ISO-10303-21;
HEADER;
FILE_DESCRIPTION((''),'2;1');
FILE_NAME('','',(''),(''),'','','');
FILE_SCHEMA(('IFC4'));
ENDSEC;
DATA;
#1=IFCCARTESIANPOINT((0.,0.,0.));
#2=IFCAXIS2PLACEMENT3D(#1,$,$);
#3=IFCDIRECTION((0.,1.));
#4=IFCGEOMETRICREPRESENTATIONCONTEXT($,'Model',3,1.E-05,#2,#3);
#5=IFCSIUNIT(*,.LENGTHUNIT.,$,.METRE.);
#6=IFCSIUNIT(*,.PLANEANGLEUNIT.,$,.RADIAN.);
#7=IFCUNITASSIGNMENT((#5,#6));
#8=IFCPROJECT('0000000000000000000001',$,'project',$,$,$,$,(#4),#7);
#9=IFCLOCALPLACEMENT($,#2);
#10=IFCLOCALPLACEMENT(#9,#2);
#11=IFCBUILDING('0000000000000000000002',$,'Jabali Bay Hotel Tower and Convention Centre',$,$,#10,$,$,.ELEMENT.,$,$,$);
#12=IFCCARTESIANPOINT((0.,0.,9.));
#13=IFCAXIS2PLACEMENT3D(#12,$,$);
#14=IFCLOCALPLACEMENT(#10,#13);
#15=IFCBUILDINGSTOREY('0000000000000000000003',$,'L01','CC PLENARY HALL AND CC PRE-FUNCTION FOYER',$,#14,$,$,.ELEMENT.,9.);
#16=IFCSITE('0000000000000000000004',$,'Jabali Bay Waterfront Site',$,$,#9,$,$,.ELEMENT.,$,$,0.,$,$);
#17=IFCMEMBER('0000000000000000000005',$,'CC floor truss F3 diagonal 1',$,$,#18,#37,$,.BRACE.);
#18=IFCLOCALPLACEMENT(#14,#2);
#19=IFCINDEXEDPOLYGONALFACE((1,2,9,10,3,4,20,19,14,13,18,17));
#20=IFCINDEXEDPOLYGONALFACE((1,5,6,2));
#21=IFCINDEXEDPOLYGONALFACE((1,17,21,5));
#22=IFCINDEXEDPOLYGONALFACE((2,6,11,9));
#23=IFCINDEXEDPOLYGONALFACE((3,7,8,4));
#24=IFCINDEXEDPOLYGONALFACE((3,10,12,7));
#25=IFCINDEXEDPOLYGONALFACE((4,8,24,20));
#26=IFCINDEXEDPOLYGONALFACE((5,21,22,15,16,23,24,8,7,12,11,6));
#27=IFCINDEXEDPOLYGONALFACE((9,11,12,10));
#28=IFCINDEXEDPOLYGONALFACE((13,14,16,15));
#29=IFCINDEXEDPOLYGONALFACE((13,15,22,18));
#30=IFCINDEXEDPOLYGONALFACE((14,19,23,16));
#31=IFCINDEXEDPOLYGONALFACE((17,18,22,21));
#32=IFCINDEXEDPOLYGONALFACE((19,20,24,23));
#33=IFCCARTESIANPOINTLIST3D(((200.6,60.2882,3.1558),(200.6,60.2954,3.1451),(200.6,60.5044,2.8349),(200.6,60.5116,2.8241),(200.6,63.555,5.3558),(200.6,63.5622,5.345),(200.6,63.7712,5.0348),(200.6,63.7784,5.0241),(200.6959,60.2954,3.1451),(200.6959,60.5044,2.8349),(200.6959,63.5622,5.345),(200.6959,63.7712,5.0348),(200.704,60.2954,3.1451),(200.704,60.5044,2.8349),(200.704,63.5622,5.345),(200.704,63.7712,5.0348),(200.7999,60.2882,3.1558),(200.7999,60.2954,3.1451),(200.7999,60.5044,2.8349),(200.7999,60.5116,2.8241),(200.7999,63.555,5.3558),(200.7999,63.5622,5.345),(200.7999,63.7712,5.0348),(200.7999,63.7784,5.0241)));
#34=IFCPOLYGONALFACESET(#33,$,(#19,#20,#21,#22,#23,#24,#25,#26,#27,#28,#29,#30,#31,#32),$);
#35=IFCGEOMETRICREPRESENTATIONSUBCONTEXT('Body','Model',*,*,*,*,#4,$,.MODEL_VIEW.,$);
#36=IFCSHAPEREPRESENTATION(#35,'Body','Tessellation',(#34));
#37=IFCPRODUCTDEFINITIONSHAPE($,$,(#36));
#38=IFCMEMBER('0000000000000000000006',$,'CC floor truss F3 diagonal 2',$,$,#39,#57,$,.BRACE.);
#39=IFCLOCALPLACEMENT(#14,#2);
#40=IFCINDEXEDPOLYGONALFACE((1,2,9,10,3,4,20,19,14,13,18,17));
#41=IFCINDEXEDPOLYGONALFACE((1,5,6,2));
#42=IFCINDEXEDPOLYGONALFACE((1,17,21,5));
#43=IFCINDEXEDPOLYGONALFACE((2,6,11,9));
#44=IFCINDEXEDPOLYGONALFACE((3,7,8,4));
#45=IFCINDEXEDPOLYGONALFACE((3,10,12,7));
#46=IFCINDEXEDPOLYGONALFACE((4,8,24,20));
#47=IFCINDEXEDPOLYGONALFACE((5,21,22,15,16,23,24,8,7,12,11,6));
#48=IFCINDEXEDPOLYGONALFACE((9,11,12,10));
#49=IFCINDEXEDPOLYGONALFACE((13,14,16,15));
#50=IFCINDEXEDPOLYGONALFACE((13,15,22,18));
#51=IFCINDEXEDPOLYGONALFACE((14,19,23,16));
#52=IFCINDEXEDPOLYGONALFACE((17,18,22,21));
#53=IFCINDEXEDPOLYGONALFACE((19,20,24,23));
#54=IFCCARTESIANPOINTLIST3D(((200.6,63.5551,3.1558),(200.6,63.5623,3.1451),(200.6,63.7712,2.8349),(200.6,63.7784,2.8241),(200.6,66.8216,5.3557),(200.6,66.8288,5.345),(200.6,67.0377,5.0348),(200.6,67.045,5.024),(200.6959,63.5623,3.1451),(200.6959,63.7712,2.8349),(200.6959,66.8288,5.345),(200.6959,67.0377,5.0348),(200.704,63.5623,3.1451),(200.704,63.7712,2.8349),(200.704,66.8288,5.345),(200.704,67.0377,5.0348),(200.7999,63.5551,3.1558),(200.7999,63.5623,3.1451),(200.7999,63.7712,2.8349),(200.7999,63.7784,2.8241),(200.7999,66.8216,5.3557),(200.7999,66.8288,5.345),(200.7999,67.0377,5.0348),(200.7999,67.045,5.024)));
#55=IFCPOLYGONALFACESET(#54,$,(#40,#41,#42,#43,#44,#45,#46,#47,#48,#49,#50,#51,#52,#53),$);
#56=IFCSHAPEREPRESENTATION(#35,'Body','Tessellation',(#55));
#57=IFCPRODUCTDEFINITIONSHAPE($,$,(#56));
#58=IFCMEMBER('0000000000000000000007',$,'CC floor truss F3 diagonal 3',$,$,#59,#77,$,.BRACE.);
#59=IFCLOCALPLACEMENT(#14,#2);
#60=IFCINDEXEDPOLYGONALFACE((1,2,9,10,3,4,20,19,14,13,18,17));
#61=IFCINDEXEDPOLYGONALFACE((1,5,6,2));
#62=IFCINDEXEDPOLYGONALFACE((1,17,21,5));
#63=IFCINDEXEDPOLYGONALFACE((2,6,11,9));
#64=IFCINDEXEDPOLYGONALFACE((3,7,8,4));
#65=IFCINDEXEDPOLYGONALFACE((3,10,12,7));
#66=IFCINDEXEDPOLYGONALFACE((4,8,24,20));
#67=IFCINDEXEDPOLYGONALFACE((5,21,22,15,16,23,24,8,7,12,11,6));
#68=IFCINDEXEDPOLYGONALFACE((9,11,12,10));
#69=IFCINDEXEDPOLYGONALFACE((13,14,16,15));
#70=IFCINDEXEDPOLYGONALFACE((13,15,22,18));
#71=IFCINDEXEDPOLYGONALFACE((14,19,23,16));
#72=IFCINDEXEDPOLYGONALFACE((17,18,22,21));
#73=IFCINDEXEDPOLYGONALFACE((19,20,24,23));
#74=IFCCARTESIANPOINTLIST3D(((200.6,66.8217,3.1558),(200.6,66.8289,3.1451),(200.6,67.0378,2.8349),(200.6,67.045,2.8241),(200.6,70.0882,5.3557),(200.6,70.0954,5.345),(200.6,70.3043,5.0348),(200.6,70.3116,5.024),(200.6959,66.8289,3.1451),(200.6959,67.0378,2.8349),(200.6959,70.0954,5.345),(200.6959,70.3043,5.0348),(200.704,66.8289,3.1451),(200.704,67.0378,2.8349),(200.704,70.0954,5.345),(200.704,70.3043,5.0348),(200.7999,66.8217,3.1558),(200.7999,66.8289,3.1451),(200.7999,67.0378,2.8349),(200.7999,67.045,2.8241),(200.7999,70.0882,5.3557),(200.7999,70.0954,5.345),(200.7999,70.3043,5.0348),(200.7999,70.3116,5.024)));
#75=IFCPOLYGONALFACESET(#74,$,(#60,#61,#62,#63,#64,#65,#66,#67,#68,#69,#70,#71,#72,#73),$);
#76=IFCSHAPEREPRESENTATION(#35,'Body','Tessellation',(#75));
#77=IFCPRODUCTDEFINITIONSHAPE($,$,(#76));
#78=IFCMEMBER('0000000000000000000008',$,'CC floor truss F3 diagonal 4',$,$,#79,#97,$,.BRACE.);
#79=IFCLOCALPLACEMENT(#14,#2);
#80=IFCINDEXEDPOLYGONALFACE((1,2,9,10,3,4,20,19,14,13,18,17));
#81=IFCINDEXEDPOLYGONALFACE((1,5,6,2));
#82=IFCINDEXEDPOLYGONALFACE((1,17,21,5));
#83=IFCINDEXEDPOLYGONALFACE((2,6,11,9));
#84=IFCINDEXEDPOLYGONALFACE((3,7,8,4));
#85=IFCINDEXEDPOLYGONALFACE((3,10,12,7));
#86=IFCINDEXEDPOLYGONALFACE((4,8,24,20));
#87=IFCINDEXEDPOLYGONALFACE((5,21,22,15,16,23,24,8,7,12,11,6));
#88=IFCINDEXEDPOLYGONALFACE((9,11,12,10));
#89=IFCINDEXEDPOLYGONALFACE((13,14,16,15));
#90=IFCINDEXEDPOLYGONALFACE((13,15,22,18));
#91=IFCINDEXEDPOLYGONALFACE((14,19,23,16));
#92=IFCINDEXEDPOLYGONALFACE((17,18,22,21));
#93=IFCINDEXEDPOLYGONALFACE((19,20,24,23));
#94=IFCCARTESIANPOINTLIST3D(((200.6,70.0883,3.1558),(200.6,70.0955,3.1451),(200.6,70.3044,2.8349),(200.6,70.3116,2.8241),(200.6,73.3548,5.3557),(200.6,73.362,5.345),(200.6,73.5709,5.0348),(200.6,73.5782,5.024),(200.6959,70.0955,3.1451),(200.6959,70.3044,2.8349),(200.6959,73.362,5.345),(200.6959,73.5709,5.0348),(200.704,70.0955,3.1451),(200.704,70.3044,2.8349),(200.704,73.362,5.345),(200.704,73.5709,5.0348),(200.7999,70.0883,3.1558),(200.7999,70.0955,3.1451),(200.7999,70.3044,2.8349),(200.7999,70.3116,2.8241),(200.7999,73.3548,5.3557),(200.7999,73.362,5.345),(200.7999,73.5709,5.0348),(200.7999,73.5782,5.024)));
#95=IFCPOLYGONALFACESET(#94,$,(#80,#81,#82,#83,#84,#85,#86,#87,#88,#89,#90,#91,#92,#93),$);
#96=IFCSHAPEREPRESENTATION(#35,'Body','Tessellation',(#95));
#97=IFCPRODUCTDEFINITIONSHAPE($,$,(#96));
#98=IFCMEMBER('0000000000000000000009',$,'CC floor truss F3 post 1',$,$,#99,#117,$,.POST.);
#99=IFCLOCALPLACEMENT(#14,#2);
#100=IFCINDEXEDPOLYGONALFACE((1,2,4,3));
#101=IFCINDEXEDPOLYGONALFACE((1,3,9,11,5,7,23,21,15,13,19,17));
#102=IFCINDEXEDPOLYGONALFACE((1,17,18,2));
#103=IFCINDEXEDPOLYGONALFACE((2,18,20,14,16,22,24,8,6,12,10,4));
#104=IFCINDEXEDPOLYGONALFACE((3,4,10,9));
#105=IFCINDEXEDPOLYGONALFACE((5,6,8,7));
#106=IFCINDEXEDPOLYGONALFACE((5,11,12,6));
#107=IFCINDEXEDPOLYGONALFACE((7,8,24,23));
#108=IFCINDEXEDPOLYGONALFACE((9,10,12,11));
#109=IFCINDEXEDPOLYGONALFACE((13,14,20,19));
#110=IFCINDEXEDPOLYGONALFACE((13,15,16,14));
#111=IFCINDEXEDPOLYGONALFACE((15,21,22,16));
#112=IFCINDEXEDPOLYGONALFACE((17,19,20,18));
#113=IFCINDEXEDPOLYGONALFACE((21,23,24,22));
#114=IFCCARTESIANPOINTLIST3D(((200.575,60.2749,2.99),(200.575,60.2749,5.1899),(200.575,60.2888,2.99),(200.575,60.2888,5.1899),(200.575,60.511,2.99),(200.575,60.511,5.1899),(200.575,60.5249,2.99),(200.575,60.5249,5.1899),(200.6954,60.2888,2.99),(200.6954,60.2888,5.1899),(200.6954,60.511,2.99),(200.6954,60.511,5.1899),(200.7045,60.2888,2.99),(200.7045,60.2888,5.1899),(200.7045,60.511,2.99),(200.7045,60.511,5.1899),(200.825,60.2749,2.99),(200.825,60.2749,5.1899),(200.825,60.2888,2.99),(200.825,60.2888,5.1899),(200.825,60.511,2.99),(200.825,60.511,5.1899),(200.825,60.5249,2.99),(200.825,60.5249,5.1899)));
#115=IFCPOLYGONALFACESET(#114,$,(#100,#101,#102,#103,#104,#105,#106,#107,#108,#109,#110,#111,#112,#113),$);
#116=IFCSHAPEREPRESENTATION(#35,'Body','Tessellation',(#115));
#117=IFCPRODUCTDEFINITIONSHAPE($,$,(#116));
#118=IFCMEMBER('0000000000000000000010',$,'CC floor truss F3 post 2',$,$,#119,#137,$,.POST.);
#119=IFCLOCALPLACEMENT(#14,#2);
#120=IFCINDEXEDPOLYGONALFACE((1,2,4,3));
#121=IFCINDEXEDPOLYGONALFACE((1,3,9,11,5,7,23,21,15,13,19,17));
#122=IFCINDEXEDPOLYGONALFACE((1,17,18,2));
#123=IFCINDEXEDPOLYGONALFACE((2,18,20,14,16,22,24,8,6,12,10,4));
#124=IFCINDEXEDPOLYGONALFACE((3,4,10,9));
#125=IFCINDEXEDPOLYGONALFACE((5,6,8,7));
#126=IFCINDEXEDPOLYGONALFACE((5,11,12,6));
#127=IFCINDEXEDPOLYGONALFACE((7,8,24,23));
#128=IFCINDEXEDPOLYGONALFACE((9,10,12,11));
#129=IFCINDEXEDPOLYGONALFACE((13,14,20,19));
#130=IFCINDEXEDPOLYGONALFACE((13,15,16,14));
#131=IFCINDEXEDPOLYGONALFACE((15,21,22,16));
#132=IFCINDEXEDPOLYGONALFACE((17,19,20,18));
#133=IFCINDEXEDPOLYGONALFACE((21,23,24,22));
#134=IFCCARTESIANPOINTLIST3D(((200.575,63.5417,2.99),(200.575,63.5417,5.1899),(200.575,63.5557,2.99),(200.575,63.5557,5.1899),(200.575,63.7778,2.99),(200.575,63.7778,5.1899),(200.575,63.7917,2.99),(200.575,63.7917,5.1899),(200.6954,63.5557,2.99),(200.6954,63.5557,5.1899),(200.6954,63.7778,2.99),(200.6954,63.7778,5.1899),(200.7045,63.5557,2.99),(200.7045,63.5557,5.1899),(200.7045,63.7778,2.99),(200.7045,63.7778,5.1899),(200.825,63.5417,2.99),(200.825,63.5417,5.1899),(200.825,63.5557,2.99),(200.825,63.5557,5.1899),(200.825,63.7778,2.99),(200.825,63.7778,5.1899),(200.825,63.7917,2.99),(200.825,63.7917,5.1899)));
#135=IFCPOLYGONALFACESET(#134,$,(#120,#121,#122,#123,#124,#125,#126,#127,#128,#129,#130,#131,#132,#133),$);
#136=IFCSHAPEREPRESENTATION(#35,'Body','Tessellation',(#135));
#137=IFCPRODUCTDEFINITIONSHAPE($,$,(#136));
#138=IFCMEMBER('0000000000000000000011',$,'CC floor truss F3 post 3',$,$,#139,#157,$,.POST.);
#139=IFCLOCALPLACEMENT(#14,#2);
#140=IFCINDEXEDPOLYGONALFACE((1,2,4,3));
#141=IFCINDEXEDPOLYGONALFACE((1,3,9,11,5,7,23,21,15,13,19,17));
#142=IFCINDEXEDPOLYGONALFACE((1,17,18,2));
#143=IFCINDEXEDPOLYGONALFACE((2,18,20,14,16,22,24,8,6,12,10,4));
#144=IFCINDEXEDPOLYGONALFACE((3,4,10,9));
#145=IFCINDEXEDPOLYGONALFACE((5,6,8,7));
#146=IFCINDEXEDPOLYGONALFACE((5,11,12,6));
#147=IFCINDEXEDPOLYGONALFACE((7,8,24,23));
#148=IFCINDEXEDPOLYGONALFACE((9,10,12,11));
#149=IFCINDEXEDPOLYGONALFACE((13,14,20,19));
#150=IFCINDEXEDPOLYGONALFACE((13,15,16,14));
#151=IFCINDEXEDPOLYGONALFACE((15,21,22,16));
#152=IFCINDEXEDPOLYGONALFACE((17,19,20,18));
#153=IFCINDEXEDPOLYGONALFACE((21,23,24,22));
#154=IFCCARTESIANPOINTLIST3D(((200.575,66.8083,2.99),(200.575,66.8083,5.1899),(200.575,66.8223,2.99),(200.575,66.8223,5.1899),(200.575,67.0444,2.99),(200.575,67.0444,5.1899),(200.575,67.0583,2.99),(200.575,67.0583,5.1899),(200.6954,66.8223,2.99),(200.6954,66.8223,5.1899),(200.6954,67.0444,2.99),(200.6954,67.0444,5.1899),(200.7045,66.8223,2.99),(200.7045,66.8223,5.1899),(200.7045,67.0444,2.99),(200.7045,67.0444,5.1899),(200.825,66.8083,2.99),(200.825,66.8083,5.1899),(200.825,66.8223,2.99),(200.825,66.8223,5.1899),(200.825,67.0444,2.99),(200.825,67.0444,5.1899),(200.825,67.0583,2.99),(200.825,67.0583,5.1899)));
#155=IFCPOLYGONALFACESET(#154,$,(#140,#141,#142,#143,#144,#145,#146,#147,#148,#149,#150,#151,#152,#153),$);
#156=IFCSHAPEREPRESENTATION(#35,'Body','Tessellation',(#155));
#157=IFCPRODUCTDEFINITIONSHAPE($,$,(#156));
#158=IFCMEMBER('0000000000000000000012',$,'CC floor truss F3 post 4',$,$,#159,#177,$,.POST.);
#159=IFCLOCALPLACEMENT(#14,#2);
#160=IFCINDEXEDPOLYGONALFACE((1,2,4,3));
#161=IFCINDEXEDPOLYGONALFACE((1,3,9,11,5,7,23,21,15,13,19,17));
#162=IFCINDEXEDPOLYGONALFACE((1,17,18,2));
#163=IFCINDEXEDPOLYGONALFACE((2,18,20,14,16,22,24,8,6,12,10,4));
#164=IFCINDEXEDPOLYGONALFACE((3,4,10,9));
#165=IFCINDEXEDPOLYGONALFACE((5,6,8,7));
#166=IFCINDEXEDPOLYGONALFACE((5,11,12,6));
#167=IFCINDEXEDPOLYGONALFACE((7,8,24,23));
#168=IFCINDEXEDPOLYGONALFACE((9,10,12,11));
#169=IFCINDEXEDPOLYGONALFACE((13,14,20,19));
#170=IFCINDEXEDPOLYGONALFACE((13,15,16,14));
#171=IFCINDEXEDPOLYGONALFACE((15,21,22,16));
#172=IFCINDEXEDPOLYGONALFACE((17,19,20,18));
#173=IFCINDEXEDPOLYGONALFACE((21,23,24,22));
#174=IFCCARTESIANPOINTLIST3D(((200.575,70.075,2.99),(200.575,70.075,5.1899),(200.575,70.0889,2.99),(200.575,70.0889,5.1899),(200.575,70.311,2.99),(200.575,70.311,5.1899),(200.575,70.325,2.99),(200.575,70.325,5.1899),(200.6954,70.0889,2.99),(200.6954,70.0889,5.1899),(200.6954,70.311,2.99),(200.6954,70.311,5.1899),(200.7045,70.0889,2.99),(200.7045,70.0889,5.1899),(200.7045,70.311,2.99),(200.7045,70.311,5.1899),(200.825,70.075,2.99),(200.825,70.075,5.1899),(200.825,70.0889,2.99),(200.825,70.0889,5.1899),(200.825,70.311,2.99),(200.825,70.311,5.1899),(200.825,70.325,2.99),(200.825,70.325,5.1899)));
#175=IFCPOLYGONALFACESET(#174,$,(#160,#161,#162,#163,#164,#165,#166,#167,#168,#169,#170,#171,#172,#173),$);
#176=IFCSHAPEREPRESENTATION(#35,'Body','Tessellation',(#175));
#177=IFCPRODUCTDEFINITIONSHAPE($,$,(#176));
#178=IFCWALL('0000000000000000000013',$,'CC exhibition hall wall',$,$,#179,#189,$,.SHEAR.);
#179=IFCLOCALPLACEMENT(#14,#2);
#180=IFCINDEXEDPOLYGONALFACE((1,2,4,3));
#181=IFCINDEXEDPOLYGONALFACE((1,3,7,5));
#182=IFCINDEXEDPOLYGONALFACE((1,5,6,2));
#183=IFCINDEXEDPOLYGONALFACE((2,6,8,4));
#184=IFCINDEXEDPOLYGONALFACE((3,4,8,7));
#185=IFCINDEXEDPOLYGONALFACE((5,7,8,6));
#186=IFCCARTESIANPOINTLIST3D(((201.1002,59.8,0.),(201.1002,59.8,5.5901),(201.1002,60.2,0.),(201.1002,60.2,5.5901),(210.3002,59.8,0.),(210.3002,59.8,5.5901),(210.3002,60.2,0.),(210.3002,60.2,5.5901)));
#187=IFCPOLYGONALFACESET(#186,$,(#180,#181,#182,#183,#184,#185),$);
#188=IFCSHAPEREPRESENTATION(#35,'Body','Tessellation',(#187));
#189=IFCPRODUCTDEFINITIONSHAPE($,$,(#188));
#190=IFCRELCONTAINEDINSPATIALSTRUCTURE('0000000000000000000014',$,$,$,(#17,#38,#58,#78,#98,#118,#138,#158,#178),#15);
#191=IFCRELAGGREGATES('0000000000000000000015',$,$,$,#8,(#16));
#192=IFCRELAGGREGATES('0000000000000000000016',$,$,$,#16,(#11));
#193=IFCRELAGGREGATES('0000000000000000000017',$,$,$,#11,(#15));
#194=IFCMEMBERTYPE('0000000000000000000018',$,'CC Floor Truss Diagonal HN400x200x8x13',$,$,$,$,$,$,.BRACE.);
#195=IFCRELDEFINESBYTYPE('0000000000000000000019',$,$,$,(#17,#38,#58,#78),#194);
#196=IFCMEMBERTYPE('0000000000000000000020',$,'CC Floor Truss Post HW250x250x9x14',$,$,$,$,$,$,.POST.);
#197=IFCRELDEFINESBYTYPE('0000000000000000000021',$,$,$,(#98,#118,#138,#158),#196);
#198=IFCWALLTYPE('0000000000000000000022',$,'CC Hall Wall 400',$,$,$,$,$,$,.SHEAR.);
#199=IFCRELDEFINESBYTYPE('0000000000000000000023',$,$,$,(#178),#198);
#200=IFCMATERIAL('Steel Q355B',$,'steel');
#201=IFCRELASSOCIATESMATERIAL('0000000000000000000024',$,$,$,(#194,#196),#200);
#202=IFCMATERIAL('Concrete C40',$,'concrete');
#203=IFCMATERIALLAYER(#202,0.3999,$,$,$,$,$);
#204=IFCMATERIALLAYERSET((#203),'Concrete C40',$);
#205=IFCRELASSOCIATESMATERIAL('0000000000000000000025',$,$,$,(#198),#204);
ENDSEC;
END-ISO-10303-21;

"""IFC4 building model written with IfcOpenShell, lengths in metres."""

from ifc_helpers import new_model, si_unit, direction, frame, frame_2d, origin, origin_2d, place, context, subcontext, project, spatial, rectangle, i_section, extrude, material, layer, layer_set, material_profile, profile_set, type_object, element, save


model = new_model("IFC4")

# Units and contexts
model_context = context("Model", 3, precision=1e-05, world=origin(), true_north=direction((0.0, 1.0)))
body_context = subcontext(model_context, "Body", "Model", "MODEL_VIEW")
ifc_project = project(units=[si_unit("LENGTHUNIT", "METRE"), si_unit("PLANEANGLEUNIT", "RADIAN")], contexts=[model_context])

# Site, building, storey
site_placement = place(None, origin())
site = spatial("IfcSite", under=ifc_project, at=site_placement, Name="Jabali Bay Waterfront Site", CompositionType="ELEMENT", RefElevation=0.0)
building_placement = place(site_placement, origin())
building = spatial("IfcBuilding", under=site, at=building_placement, Name="Jabali Bay Hotel Tower and Convention Centre", CompositionType="ELEMENT")
storey_placement = place(building_placement, frame((0.0, 0.0, 9.0)))
storey = spatial("IfcBuildingStorey", under=building, at=storey_placement, Name="L01", Description="CC PLENARY HALL AND CC PRE-FUNCTION FOYER", CompositionType="ELEMENT", Elevation=9.0)

# Members
ifc_material_1 = material(Name="Steel Q355B", Category="steel")
ifc_material_profile_1 = material_profile(ifc_material_1, i_section(OverallWidth=0.2, OverallDepth=0.3999, WebThickness=0.0081, FlangeThickness=0.0129, at=origin_2d()), Name="HN400x200x8x13")
ifc_profile_set_1 = profile_set([ifc_material_profile_1], Name="Steel Q355B")
member_type_1 = type_object("IfcMemberType", Name="CC Floor Truss Diagonal HN400x200x8x13", PredefinedType="BRACE", material=ifc_profile_set_1)
member_placement = place(storey_placement, frame((200.7, 60.3999, 2.99), z_axis=(0.0, 0.829457, 0.558571), x_axis=(-1.0, 0.0, 0.0)))
element("IfcMember", 1, at=member_placement, inside=storey, type_object=member_type_1, Name="CC floor truss F3 diagonal 1", PredefinedType="BRACE", context=body_context, shape_type="SweptSolid", body=[
    extrude(i_section(OverallWidth=0.2, OverallDepth=0.3999, WebThickness=0.0081, FlangeThickness=0.0129, at=origin_2d()), origin(), (0.0, 0.0, 1.0), 3.9385),
])
for number, where, z_axis, x_axis, name in (
    (2, (200.7, 63.6667, 2.99), (0.0, 0.829438, 0.5586), (-1.0, 0.0, 0.0), "CC floor truss F3 diagonal 2"),
    (3, (200.7, 66.9333, 2.99), (0.0, 0.829438, 0.5586), (-1.0, 0.0, 0.0), "CC floor truss F3 diagonal 3"),
    (4, (200.7, 70.2, 2.99), (0.0, 0.829438, 0.5586), (-1.0, 0.0, 0.0), "CC floor truss F3 diagonal 4"),
):
    element("IfcMember", number, at=place(storey_placement, frame(where, z_axis=z_axis, x_axis=x_axis)), inside=storey, type_object=member_type_1, Name=name, PredefinedType="BRACE", context=body_context, shape_type="SweptSolid", body=[
        extrude(i_section(OverallWidth=0.2, OverallDepth=0.3999, WebThickness=0.0081, FlangeThickness=0.0129, at=origin_2d()), origin(), (0.0, 0.0, 1.0), 3.9382),
    ])
ifc_material_profile_2 = material_profile(ifc_material_1, i_section(OverallWidth=0.25, OverallDepth=0.25, WebThickness=0.009, FlangeThickness=0.0139, at=origin_2d()), Name="HW250x250x9x14")
ifc_profile_set_2 = profile_set([ifc_material_profile_2], Name="Steel Q355B")
member_type_2 = type_object("IfcMemberType", Name="CC Floor Truss Post HW250x250x9x14", PredefinedType="POST", material=ifc_profile_set_2)
for number, where, z_axis, x_axis, name in (
    (5, (200.7, 60.3999, 2.99), (0.0, 0.0, 1.0), (1.0, 0.0, 0.0), "CC floor truss F3 post 1"),
    (6, (200.7, 63.6667, 2.99), (0.0, 0.0, 1.0), (1.0, 0.0, 0.0), "CC floor truss F3 post 2"),
    (7, (200.7, 66.9333, 2.99), (0.0, 0.0, 1.0), (1.0, 0.0, 0.0), "CC floor truss F3 post 3"),
    (8, (200.7, 70.2, 2.99), (0.0, 0.0, 1.0), (1.0, 0.0, 0.0), "CC floor truss F3 post 4"),
):
    element("IfcMember", number, at=place(storey_placement, frame(where, z_axis=z_axis, x_axis=x_axis)), inside=storey, type_object=member_type_2, Name=name, PredefinedType="POST", context=body_context, shape_type="SweptSolid", body=[
        extrude(i_section(OverallWidth=0.25, OverallDepth=0.25, WebThickness=0.009, FlangeThickness=0.0139, at=origin_2d()), origin(), (0.0, 0.0, 1.0), 2.2),
    ])

# Wall
ifc_material_2 = material(Name="Concrete C40", Category="concrete")
ifc_layer_1 = layer(ifc_material_2, 0.3999)
ifc_layer_set_1 = layer_set([ifc_layer_1], Name="Concrete C40")
wall_type_1 = type_object("IfcWallType", Name="CC Hall Wall 400", PredefinedType="SHEAR", material=ifc_layer_set_1)
wall_1_placement = place(storey_placement, frame((201.1001, 60.0, 0.0), z_axis=(0.0, 0.0, 1.0), x_axis=(1.0, 0.0, 0.0)))
element("IfcWall", 9, at=wall_1_placement, inside=storey, type_object=wall_type_1, Name="CC exhibition hall wall", PredefinedType="SHEAR", context=body_context, shape_type="SweptSolid", body=[
    extrude(rectangle(XDim=9.2, YDim=0.3999, at=frame_2d((4.6001, 0.0))), origin(), (0.0, 0.0, 1.0), 5.5901),
])

save(model, "model.ifc")
